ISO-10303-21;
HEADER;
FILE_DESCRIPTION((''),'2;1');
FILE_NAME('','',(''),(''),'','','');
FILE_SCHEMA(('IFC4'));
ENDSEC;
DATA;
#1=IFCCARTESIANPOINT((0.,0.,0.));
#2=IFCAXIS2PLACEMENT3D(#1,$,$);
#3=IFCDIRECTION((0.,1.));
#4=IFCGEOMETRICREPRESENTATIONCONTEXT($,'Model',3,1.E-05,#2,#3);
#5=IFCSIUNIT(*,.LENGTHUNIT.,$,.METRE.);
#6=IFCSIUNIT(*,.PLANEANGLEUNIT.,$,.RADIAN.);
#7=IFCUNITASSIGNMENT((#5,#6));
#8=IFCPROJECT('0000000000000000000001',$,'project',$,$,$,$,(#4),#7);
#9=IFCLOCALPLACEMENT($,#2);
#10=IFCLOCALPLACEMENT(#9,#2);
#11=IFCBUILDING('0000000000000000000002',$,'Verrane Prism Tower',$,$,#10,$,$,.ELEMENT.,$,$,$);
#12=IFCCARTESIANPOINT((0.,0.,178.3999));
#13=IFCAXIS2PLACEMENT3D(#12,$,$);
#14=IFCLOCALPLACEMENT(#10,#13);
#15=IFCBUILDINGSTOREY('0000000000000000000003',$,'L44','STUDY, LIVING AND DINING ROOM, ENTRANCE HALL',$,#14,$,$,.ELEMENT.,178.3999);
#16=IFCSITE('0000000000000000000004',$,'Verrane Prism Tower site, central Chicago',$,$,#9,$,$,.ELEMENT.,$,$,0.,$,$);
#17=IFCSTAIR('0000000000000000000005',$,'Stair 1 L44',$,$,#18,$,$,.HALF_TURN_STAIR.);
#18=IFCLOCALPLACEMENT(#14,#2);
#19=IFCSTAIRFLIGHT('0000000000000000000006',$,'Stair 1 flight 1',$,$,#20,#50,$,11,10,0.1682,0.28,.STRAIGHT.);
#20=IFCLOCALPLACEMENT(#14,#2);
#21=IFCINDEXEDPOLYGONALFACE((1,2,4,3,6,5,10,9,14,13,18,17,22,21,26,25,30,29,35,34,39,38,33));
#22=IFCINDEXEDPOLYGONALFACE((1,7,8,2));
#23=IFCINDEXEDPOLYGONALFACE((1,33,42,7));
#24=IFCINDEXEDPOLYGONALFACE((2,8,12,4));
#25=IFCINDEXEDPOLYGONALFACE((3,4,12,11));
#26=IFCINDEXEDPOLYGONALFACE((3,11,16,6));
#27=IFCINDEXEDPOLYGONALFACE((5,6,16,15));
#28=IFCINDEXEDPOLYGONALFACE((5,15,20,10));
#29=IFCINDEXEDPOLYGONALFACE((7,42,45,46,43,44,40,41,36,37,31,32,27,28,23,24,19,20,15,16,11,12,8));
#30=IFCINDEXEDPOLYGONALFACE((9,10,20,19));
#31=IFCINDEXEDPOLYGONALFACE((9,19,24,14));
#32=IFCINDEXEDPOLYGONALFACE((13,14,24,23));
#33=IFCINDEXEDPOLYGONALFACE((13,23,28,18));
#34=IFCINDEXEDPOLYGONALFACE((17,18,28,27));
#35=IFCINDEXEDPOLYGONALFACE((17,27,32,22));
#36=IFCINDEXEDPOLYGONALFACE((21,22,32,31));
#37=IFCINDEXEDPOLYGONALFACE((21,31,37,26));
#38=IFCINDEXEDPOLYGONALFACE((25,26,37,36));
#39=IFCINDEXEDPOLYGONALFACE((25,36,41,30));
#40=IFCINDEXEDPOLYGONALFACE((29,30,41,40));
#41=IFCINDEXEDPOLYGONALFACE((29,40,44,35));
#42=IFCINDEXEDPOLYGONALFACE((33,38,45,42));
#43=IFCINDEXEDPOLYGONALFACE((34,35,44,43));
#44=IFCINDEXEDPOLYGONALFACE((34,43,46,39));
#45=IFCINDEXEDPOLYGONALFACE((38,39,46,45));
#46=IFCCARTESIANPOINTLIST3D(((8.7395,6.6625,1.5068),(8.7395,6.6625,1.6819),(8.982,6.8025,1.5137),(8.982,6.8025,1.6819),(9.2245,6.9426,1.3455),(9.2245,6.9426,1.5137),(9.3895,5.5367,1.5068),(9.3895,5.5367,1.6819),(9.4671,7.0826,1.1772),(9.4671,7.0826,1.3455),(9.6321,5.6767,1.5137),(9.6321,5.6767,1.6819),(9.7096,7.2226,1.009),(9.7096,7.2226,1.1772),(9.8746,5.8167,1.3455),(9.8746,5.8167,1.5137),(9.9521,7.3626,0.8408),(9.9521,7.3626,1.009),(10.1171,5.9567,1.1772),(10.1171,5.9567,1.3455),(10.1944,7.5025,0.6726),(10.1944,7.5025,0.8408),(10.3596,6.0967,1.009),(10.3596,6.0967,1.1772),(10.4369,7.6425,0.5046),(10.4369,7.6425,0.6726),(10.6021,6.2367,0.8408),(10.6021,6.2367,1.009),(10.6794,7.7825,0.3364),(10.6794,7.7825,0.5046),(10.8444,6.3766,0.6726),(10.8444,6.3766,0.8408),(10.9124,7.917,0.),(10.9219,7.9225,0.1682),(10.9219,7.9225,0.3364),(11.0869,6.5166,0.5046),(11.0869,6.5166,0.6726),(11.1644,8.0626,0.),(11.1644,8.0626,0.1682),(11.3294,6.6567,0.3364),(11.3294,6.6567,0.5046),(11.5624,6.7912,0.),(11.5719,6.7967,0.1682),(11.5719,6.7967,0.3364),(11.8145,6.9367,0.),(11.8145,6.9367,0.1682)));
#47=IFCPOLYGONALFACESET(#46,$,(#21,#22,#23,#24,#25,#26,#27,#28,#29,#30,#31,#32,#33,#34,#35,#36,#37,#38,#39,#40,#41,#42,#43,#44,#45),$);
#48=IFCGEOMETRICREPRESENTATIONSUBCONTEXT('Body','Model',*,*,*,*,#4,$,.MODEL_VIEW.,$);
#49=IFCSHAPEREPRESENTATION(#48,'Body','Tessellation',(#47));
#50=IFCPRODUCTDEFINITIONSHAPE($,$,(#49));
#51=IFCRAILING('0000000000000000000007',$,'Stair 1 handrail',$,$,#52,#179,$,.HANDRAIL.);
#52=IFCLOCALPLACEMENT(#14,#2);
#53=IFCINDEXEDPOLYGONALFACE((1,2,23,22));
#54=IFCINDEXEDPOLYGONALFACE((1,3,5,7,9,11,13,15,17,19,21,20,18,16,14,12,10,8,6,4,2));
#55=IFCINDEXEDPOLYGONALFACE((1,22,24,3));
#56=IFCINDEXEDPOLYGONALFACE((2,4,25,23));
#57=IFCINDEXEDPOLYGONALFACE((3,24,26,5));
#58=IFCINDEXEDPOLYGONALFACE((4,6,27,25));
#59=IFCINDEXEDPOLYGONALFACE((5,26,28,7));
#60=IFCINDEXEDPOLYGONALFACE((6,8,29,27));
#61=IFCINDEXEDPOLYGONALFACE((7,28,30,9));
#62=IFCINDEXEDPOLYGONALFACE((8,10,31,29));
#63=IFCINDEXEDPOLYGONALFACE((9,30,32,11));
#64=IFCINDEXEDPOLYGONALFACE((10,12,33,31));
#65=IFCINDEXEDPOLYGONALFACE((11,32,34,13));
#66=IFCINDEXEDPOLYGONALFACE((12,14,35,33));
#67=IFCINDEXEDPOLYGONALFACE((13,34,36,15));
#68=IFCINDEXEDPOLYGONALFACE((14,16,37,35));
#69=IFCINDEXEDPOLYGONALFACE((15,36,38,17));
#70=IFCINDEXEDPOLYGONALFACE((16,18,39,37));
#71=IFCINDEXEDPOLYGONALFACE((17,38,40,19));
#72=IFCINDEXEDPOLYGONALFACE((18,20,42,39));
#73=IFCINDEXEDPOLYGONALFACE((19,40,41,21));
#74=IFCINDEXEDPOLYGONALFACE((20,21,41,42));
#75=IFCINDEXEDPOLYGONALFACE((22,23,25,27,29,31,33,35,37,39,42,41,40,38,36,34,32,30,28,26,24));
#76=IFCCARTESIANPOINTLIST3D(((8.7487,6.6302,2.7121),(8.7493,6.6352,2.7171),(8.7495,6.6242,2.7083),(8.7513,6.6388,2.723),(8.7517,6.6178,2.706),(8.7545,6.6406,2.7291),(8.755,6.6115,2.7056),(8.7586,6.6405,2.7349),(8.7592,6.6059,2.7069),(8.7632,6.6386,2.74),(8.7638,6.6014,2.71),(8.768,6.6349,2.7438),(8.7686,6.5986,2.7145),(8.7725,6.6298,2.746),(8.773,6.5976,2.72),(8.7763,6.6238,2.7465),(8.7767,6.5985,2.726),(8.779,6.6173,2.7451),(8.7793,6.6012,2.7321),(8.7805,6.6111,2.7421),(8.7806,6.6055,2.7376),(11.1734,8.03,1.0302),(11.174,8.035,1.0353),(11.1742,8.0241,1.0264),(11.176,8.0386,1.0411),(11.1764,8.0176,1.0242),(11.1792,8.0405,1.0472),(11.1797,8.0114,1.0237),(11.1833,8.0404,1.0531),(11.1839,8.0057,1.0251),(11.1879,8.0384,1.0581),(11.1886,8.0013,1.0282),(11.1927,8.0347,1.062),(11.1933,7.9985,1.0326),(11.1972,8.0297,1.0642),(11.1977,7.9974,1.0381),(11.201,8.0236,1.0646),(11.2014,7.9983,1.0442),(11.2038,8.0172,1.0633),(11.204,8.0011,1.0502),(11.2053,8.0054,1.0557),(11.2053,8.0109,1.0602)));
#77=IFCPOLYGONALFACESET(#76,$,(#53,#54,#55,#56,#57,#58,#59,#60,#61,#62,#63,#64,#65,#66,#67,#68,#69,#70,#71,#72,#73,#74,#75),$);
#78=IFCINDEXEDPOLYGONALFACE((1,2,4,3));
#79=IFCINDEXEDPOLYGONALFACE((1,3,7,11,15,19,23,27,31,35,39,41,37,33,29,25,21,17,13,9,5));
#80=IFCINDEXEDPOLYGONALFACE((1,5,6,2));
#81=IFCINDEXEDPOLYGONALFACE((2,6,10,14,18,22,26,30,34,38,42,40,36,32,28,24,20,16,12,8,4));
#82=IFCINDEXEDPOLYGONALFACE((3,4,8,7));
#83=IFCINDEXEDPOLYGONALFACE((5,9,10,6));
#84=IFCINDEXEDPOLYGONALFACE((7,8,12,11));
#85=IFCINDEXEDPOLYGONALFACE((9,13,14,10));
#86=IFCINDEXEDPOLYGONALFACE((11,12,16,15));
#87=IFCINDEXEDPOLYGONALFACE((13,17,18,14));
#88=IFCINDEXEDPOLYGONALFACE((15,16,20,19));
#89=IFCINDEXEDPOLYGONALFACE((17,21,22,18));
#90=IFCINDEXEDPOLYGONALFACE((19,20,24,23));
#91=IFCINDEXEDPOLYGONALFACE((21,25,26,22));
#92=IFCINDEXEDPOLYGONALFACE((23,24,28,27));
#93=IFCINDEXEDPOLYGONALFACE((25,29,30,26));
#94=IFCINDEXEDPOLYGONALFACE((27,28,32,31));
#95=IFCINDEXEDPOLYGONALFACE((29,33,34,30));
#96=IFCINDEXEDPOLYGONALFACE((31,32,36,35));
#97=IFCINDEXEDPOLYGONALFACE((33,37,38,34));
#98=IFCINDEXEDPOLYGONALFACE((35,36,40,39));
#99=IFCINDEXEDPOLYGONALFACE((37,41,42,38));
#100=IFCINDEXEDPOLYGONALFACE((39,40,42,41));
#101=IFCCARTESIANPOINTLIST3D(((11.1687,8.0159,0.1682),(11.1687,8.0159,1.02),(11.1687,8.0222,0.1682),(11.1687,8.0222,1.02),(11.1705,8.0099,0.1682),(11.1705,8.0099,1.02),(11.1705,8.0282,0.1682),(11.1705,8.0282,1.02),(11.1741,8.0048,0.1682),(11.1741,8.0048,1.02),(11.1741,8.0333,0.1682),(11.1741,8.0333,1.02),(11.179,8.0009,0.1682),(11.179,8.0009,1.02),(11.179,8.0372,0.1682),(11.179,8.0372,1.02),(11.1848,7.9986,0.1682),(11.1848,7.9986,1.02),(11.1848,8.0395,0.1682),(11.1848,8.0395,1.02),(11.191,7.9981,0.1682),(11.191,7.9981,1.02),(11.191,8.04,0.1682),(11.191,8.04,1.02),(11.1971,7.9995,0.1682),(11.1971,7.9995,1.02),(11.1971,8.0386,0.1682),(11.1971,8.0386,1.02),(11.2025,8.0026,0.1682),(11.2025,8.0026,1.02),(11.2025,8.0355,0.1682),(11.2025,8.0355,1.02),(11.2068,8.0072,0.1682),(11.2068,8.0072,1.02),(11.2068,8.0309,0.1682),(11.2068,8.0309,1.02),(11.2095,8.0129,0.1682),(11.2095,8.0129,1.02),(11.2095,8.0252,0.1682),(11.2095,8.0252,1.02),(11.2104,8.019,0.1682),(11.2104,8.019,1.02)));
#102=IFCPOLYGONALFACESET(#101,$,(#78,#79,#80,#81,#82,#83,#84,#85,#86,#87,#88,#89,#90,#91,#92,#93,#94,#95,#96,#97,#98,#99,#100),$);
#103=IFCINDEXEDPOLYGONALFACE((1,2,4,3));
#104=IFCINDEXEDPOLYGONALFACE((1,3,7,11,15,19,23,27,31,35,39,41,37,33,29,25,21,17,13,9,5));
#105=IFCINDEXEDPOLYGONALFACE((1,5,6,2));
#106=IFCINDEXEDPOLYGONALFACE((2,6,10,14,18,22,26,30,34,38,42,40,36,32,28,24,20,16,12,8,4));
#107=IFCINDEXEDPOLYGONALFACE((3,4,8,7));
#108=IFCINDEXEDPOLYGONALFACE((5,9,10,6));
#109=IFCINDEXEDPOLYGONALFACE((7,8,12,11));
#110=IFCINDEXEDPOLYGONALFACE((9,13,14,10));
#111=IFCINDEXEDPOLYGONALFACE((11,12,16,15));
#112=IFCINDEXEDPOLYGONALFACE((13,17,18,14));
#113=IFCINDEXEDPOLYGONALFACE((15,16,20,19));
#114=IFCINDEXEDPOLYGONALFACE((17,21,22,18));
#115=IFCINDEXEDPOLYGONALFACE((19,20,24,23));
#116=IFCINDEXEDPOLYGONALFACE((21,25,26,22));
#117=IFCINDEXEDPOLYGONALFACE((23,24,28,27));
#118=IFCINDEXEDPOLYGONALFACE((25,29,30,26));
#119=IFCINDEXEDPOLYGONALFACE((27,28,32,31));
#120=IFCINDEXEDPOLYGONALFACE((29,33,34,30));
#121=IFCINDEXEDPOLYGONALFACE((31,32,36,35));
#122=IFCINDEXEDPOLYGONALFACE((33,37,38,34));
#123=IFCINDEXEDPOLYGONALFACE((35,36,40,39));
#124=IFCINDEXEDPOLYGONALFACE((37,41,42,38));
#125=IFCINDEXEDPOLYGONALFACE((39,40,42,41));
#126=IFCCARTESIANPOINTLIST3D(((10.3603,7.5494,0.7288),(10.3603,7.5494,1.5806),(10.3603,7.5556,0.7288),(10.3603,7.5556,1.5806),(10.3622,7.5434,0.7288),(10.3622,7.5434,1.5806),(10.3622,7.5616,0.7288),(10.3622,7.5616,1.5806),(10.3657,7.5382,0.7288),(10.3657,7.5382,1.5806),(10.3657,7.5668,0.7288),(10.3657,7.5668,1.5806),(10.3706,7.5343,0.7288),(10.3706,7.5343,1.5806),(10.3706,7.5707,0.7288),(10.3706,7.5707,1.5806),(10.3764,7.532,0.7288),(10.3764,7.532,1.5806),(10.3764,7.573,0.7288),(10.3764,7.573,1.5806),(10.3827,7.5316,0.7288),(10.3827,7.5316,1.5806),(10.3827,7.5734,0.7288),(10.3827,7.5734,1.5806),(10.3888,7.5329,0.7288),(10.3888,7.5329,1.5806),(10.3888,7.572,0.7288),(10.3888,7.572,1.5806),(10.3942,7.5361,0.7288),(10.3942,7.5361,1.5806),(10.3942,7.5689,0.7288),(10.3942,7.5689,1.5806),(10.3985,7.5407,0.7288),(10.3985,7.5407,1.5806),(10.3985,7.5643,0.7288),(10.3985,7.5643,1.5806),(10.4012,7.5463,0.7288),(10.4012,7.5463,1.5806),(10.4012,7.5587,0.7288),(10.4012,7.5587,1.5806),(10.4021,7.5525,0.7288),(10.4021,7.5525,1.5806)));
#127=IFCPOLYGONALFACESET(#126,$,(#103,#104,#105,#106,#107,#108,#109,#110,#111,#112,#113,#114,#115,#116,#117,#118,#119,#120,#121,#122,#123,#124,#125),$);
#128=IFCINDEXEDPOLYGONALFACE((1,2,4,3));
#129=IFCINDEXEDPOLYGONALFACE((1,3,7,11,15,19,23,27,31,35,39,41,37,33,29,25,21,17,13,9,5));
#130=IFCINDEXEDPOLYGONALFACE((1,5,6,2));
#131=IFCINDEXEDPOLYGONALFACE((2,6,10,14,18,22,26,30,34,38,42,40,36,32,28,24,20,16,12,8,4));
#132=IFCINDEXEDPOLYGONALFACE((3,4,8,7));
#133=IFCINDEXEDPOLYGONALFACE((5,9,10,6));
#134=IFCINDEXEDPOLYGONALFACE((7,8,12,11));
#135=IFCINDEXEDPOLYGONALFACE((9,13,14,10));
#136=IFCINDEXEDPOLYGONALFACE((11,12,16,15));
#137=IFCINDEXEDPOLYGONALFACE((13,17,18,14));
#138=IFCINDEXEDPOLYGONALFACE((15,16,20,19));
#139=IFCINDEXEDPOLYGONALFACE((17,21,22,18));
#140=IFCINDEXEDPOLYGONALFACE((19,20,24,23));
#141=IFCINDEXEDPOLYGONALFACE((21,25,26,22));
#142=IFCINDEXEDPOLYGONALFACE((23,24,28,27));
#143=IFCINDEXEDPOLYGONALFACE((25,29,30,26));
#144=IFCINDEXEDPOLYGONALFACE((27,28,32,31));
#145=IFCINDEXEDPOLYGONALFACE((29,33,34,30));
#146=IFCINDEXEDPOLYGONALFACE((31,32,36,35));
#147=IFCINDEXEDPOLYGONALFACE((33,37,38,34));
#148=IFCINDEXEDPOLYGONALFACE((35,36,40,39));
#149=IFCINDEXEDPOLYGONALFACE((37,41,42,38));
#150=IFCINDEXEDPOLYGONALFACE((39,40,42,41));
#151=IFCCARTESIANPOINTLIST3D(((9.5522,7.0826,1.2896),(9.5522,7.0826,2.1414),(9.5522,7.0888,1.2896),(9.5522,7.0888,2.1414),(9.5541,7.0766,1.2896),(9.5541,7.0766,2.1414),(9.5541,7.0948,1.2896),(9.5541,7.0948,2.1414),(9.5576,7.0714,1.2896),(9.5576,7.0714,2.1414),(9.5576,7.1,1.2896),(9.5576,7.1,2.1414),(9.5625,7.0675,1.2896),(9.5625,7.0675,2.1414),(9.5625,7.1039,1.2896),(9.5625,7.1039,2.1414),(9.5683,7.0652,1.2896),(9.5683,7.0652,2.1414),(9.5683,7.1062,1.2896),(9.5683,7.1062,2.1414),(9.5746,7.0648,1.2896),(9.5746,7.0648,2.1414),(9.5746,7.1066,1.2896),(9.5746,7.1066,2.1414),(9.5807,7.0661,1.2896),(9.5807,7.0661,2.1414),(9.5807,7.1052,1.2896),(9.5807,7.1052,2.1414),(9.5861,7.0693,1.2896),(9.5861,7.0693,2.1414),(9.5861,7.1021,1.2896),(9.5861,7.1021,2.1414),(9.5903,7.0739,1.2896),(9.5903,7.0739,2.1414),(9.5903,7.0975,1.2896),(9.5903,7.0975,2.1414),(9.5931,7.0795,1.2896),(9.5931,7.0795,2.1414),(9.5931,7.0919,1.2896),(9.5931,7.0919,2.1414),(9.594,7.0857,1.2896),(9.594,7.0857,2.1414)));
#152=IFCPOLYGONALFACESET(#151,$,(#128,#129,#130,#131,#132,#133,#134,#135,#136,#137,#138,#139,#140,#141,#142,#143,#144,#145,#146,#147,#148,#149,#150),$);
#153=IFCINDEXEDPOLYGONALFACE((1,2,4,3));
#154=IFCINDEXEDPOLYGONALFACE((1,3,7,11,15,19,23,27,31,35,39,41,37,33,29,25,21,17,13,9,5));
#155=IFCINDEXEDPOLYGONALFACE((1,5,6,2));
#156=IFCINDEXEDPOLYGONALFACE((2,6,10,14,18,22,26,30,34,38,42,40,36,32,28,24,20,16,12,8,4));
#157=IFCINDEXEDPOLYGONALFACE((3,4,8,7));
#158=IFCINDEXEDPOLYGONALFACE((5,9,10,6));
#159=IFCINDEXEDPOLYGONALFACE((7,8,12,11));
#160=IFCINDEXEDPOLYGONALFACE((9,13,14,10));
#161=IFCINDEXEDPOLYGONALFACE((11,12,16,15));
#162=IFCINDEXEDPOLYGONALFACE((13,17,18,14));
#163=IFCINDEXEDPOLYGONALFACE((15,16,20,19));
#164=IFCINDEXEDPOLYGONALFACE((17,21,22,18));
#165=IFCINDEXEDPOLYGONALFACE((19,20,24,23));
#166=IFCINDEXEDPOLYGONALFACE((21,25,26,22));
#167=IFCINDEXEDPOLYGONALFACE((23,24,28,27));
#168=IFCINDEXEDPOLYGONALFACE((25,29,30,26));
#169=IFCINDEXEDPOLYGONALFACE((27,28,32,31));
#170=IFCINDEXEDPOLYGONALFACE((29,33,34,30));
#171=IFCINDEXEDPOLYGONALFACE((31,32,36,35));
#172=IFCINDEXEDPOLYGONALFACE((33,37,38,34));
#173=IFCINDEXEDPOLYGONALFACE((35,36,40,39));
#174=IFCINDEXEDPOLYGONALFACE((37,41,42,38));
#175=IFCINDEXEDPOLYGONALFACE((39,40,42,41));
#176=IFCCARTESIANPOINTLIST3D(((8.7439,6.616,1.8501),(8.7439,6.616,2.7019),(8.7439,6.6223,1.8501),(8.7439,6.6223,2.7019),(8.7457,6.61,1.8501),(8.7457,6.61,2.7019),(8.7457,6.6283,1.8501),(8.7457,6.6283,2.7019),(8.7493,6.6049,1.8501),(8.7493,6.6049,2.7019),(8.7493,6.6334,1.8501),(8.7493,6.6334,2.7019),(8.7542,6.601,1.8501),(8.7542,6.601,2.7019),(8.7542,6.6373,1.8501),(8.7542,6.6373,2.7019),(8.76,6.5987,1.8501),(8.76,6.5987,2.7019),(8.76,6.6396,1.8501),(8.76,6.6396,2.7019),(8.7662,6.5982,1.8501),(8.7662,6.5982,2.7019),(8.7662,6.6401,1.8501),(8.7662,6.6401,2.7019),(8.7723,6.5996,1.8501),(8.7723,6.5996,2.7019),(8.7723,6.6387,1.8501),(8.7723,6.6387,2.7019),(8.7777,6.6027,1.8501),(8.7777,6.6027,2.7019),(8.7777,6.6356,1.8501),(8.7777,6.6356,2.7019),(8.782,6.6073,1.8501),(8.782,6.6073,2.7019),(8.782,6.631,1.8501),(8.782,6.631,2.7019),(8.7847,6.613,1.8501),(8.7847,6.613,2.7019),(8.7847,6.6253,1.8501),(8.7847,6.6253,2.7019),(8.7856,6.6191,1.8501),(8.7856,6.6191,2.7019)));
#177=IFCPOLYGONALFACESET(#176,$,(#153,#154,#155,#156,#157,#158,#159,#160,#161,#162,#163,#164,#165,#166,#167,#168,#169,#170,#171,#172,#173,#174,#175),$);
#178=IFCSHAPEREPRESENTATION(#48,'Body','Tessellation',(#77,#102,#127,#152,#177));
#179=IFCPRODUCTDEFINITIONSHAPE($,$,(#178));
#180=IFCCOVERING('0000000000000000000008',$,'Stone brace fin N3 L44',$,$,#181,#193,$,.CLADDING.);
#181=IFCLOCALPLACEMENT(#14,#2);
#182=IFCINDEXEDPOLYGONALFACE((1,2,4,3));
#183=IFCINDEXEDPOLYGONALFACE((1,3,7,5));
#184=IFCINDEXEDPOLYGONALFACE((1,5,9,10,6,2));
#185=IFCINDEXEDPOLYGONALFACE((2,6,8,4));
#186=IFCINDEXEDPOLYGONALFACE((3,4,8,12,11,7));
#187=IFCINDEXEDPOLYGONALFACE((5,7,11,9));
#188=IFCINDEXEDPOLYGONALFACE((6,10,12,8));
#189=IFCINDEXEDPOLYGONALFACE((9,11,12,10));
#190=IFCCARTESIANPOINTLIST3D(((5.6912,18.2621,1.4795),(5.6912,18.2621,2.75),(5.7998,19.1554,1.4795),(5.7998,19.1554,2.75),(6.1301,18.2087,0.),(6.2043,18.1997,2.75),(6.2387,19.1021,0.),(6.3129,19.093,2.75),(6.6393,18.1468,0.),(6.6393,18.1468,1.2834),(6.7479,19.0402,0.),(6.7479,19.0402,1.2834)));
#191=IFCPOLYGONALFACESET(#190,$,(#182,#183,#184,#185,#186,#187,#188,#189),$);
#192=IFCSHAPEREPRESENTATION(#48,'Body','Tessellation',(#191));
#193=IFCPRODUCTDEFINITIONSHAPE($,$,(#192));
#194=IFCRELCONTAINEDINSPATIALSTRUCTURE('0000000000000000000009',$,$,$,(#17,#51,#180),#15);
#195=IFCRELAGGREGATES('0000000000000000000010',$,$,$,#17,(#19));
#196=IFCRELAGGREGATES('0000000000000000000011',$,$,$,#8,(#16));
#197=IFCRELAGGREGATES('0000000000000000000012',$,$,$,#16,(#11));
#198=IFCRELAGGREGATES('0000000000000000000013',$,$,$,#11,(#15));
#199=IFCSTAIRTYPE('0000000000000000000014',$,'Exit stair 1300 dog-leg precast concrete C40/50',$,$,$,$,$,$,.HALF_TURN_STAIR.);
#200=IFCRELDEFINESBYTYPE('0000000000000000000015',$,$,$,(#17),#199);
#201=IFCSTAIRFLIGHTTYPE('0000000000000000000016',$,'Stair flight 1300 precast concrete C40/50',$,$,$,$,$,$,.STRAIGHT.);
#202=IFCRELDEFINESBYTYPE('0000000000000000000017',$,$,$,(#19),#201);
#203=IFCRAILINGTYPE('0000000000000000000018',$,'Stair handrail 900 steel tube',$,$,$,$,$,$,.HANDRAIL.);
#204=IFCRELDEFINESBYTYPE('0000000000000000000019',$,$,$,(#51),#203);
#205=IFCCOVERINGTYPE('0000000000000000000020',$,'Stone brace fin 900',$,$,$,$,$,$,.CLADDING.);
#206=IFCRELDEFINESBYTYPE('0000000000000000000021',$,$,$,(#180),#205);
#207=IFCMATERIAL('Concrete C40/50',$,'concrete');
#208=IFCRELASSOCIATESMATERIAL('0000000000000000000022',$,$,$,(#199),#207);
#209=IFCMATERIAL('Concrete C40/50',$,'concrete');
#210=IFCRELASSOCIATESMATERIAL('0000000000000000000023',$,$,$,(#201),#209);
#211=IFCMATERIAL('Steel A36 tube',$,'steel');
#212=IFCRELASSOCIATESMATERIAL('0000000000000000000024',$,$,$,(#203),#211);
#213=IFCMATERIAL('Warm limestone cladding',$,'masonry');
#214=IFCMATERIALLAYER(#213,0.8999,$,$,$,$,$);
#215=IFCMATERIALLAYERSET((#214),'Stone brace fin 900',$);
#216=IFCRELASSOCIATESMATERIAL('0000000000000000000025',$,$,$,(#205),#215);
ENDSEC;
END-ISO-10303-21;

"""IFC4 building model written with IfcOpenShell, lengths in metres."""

from ifc_helpers import new_model, si_unit, direction, frame, origin, origin_2d, place, context, subcontext, project, spatial, polyline, circle, outline, extrude, material, layer, layer_set, type_object, element, aggregate, save


model = new_model("IFC4")

# Units and contexts
model_context = context("Model", 3, precision=1e-05, world=origin(), true_north=direction((0.0, 1.0)))
body_context = subcontext(model_context, "Body", "Model", "MODEL_VIEW")
ifc_project = project(units=[si_unit("LENGTHUNIT", "METRE"), si_unit("PLANEANGLEUNIT", "RADIAN")], contexts=[model_context])

# Site, building, storey
site_placement = place(None, origin())
site = spatial("IfcSite", under=ifc_project, at=site_placement, Name="Verrane Prism Tower site, central Chicago", CompositionType="ELEMENT", RefElevation=0.0)
building_placement = place(site_placement, origin())
building = spatial("IfcBuilding", under=site, at=building_placement, Name="Verrane Prism Tower", CompositionType="ELEMENT")
storey_placement = place(building_placement, frame((0.0, 0.0, 178.3999)))
storey = spatial("IfcBuildingStorey", under=building, at=storey_placement, Name="L44", Description="STUDY, LIVING AND DINING ROOM, ENTRANCE HALL", CompositionType="ELEMENT", Elevation=178.3999)

# Stair, stair flight
ifc_material_1 = material(Name="Concrete C40/50", Category="concrete")
stair_type = type_object("IfcStairType", Name="Exit stair 1300 dog-leg precast concrete C40/50", PredefinedType="HALF_TURN_STAIR", material=ifc_material_1)
stair_placement = place(storey_placement, origin())
stair = element("IfcStair", 1, at=stair_placement, inside=storey, type_object=stair_type, Name="Stair 1 L44", PredefinedType="HALF_TURN_STAIR")
ifc_material_2 = material(Name="Concrete C40/50", Category="concrete")
stair_flight_type = type_object("IfcStairFlightType", Name="Stair flight 1300 precast concrete C40/50", PredefinedType="STRAIGHT", material=ifc_material_2)
stair_flight_placement = place(storey_placement, frame((11.4895, 7.4995, 0.0), z_axis=(0.0, 0.0, 1.0), x_axis=(-0.866025, -0.5, 0.0)))
stair_flight = element("IfcStairFlight", 2, at=stair_flight_placement, type_object=stair_flight_type, Name="Stair 1 flight 1", NumberOfRisers=11, NumberOfTreads=10, PredefinedType="STRAIGHT", RiserHeight=0.1682, TreadLength=0.28, context=body_context, shape_type="SweptSolid", body=[
    extrude(outline(polyline([(0.0, 0.0), (0.0, 0.1682), (0.28, 0.1682), (0.28, 0.3364), (0.5601, 0.3364), (0.5601, 0.5046), (0.8401, 0.5046), (0.8401, 0.6726), (1.1201, 0.6726), (1.1201, 0.8408), (1.3999, 0.8408), (1.3999, 1.009), (1.6799, 1.009), (1.6799, 1.1772), (1.96, 1.1772), (1.96, 1.3455), (2.24, 1.3455), (2.24, 1.5137), (2.52, 1.5137), (2.52, 1.6819), (2.8, 1.6819), (2.8, 1.8501), (2.8, 1.5068), (0.291, 0.0), (0.0, 0.0)])), frame((0.0, 0.6499, 0.0), z_axis=(0.0, -1.0, 0.0), x_axis=(1.0, 0.0, 0.0)), (0.0, 0.0, 1.0), 1.3),
])
aggregate(stair, [stair_flight])

# Railing
ifc_material_3 = material(Name="Steel A36 tube", Category="steel")
railing_type_1 = type_object("IfcRailingType", Name="Stair handrail 900 steel tube", PredefinedType="HANDRAIL", material=ifc_material_3)
railing_1_placement = place(storey_placement, frame((11.1895, 8.019, 0.1682)))
element("IfcRailing", 3, at=railing_1_placement, inside=storey, type_object=railing_type_1, Name="Stair 1 handrail", PredefinedType="HANDRAIL", context=body_context, shape_type="SweptSolid", body=[
    extrude(circle(Radius=0.0239, at=origin_2d()), frame((0.0, 0.0, 0.876), z_axis=(-0.74239, -0.428601, 0.514934), x_axis=(0.499984, -0.866035, 0.0)), (0.0, 0.0, 1.0), 3.2661),
    extrude(circle(Radius=0.021, at=origin_2d()), origin(), (0.0, 0.0, 1.0), 0.8518),
    extrude(circle(Radius=0.021, at=origin_2d()), frame((-0.8083, -0.4666, 0.5605)), (0.0, 0.0, 1.0), 0.8518),
    extrude(circle(Radius=0.021, at=origin_2d()), frame((-1.6165, -0.9333, 1.1213)), (0.0, 0.0, 1.0), 0.8518),
    extrude(circle(Radius=0.021, at=origin_2d()), frame((-2.4248, -1.3999, 1.6819)), (0.0, 0.0, 1.0), 0.8518),
])

# Covering
ifc_material_4 = material(Name="Warm limestone cladding", Category="masonry")
ifc_layer_1 = layer(ifc_material_4, 0.8999)
ifc_layer_set_1 = layer_set([ifc_layer_1], Name="Stone brace fin 900")
covering_type = type_object("IfcCoveringType", Name="Stone brace fin 900", PredefinedType="CLADDING", material=ifc_layer_set_1)
covering_placement = place(storey_placement, frame((6.6936, 18.5935, 0.0), z_axis=(0.0, 0.0, 1.0), x_axis=(-0.992693, 0.120667, 0.0)))
element("IfcCovering", 4, at=covering_placement, inside=storey, type_object=covering_type, Name="Stone brace fin N3 L44", PredefinedType="CLADDING", context=body_context, shape_type="SweptSolid", body=[
    extrude(outline(polyline([(0.9551, 2.75), (0.4382, 2.75), (0.0, 1.2834), (0.0, 0.0), (0.5129, 0.0), (0.9551, 1.4795), (0.9551, 2.75)])), frame((0.0, 0.45, 0.0), z_axis=(0.0, -1.0, 0.0), x_axis=(1.0, 0.0, 0.0)), (0.0, 0.0, 1.0), 0.8999),
])

save(model, "model.ifc")
